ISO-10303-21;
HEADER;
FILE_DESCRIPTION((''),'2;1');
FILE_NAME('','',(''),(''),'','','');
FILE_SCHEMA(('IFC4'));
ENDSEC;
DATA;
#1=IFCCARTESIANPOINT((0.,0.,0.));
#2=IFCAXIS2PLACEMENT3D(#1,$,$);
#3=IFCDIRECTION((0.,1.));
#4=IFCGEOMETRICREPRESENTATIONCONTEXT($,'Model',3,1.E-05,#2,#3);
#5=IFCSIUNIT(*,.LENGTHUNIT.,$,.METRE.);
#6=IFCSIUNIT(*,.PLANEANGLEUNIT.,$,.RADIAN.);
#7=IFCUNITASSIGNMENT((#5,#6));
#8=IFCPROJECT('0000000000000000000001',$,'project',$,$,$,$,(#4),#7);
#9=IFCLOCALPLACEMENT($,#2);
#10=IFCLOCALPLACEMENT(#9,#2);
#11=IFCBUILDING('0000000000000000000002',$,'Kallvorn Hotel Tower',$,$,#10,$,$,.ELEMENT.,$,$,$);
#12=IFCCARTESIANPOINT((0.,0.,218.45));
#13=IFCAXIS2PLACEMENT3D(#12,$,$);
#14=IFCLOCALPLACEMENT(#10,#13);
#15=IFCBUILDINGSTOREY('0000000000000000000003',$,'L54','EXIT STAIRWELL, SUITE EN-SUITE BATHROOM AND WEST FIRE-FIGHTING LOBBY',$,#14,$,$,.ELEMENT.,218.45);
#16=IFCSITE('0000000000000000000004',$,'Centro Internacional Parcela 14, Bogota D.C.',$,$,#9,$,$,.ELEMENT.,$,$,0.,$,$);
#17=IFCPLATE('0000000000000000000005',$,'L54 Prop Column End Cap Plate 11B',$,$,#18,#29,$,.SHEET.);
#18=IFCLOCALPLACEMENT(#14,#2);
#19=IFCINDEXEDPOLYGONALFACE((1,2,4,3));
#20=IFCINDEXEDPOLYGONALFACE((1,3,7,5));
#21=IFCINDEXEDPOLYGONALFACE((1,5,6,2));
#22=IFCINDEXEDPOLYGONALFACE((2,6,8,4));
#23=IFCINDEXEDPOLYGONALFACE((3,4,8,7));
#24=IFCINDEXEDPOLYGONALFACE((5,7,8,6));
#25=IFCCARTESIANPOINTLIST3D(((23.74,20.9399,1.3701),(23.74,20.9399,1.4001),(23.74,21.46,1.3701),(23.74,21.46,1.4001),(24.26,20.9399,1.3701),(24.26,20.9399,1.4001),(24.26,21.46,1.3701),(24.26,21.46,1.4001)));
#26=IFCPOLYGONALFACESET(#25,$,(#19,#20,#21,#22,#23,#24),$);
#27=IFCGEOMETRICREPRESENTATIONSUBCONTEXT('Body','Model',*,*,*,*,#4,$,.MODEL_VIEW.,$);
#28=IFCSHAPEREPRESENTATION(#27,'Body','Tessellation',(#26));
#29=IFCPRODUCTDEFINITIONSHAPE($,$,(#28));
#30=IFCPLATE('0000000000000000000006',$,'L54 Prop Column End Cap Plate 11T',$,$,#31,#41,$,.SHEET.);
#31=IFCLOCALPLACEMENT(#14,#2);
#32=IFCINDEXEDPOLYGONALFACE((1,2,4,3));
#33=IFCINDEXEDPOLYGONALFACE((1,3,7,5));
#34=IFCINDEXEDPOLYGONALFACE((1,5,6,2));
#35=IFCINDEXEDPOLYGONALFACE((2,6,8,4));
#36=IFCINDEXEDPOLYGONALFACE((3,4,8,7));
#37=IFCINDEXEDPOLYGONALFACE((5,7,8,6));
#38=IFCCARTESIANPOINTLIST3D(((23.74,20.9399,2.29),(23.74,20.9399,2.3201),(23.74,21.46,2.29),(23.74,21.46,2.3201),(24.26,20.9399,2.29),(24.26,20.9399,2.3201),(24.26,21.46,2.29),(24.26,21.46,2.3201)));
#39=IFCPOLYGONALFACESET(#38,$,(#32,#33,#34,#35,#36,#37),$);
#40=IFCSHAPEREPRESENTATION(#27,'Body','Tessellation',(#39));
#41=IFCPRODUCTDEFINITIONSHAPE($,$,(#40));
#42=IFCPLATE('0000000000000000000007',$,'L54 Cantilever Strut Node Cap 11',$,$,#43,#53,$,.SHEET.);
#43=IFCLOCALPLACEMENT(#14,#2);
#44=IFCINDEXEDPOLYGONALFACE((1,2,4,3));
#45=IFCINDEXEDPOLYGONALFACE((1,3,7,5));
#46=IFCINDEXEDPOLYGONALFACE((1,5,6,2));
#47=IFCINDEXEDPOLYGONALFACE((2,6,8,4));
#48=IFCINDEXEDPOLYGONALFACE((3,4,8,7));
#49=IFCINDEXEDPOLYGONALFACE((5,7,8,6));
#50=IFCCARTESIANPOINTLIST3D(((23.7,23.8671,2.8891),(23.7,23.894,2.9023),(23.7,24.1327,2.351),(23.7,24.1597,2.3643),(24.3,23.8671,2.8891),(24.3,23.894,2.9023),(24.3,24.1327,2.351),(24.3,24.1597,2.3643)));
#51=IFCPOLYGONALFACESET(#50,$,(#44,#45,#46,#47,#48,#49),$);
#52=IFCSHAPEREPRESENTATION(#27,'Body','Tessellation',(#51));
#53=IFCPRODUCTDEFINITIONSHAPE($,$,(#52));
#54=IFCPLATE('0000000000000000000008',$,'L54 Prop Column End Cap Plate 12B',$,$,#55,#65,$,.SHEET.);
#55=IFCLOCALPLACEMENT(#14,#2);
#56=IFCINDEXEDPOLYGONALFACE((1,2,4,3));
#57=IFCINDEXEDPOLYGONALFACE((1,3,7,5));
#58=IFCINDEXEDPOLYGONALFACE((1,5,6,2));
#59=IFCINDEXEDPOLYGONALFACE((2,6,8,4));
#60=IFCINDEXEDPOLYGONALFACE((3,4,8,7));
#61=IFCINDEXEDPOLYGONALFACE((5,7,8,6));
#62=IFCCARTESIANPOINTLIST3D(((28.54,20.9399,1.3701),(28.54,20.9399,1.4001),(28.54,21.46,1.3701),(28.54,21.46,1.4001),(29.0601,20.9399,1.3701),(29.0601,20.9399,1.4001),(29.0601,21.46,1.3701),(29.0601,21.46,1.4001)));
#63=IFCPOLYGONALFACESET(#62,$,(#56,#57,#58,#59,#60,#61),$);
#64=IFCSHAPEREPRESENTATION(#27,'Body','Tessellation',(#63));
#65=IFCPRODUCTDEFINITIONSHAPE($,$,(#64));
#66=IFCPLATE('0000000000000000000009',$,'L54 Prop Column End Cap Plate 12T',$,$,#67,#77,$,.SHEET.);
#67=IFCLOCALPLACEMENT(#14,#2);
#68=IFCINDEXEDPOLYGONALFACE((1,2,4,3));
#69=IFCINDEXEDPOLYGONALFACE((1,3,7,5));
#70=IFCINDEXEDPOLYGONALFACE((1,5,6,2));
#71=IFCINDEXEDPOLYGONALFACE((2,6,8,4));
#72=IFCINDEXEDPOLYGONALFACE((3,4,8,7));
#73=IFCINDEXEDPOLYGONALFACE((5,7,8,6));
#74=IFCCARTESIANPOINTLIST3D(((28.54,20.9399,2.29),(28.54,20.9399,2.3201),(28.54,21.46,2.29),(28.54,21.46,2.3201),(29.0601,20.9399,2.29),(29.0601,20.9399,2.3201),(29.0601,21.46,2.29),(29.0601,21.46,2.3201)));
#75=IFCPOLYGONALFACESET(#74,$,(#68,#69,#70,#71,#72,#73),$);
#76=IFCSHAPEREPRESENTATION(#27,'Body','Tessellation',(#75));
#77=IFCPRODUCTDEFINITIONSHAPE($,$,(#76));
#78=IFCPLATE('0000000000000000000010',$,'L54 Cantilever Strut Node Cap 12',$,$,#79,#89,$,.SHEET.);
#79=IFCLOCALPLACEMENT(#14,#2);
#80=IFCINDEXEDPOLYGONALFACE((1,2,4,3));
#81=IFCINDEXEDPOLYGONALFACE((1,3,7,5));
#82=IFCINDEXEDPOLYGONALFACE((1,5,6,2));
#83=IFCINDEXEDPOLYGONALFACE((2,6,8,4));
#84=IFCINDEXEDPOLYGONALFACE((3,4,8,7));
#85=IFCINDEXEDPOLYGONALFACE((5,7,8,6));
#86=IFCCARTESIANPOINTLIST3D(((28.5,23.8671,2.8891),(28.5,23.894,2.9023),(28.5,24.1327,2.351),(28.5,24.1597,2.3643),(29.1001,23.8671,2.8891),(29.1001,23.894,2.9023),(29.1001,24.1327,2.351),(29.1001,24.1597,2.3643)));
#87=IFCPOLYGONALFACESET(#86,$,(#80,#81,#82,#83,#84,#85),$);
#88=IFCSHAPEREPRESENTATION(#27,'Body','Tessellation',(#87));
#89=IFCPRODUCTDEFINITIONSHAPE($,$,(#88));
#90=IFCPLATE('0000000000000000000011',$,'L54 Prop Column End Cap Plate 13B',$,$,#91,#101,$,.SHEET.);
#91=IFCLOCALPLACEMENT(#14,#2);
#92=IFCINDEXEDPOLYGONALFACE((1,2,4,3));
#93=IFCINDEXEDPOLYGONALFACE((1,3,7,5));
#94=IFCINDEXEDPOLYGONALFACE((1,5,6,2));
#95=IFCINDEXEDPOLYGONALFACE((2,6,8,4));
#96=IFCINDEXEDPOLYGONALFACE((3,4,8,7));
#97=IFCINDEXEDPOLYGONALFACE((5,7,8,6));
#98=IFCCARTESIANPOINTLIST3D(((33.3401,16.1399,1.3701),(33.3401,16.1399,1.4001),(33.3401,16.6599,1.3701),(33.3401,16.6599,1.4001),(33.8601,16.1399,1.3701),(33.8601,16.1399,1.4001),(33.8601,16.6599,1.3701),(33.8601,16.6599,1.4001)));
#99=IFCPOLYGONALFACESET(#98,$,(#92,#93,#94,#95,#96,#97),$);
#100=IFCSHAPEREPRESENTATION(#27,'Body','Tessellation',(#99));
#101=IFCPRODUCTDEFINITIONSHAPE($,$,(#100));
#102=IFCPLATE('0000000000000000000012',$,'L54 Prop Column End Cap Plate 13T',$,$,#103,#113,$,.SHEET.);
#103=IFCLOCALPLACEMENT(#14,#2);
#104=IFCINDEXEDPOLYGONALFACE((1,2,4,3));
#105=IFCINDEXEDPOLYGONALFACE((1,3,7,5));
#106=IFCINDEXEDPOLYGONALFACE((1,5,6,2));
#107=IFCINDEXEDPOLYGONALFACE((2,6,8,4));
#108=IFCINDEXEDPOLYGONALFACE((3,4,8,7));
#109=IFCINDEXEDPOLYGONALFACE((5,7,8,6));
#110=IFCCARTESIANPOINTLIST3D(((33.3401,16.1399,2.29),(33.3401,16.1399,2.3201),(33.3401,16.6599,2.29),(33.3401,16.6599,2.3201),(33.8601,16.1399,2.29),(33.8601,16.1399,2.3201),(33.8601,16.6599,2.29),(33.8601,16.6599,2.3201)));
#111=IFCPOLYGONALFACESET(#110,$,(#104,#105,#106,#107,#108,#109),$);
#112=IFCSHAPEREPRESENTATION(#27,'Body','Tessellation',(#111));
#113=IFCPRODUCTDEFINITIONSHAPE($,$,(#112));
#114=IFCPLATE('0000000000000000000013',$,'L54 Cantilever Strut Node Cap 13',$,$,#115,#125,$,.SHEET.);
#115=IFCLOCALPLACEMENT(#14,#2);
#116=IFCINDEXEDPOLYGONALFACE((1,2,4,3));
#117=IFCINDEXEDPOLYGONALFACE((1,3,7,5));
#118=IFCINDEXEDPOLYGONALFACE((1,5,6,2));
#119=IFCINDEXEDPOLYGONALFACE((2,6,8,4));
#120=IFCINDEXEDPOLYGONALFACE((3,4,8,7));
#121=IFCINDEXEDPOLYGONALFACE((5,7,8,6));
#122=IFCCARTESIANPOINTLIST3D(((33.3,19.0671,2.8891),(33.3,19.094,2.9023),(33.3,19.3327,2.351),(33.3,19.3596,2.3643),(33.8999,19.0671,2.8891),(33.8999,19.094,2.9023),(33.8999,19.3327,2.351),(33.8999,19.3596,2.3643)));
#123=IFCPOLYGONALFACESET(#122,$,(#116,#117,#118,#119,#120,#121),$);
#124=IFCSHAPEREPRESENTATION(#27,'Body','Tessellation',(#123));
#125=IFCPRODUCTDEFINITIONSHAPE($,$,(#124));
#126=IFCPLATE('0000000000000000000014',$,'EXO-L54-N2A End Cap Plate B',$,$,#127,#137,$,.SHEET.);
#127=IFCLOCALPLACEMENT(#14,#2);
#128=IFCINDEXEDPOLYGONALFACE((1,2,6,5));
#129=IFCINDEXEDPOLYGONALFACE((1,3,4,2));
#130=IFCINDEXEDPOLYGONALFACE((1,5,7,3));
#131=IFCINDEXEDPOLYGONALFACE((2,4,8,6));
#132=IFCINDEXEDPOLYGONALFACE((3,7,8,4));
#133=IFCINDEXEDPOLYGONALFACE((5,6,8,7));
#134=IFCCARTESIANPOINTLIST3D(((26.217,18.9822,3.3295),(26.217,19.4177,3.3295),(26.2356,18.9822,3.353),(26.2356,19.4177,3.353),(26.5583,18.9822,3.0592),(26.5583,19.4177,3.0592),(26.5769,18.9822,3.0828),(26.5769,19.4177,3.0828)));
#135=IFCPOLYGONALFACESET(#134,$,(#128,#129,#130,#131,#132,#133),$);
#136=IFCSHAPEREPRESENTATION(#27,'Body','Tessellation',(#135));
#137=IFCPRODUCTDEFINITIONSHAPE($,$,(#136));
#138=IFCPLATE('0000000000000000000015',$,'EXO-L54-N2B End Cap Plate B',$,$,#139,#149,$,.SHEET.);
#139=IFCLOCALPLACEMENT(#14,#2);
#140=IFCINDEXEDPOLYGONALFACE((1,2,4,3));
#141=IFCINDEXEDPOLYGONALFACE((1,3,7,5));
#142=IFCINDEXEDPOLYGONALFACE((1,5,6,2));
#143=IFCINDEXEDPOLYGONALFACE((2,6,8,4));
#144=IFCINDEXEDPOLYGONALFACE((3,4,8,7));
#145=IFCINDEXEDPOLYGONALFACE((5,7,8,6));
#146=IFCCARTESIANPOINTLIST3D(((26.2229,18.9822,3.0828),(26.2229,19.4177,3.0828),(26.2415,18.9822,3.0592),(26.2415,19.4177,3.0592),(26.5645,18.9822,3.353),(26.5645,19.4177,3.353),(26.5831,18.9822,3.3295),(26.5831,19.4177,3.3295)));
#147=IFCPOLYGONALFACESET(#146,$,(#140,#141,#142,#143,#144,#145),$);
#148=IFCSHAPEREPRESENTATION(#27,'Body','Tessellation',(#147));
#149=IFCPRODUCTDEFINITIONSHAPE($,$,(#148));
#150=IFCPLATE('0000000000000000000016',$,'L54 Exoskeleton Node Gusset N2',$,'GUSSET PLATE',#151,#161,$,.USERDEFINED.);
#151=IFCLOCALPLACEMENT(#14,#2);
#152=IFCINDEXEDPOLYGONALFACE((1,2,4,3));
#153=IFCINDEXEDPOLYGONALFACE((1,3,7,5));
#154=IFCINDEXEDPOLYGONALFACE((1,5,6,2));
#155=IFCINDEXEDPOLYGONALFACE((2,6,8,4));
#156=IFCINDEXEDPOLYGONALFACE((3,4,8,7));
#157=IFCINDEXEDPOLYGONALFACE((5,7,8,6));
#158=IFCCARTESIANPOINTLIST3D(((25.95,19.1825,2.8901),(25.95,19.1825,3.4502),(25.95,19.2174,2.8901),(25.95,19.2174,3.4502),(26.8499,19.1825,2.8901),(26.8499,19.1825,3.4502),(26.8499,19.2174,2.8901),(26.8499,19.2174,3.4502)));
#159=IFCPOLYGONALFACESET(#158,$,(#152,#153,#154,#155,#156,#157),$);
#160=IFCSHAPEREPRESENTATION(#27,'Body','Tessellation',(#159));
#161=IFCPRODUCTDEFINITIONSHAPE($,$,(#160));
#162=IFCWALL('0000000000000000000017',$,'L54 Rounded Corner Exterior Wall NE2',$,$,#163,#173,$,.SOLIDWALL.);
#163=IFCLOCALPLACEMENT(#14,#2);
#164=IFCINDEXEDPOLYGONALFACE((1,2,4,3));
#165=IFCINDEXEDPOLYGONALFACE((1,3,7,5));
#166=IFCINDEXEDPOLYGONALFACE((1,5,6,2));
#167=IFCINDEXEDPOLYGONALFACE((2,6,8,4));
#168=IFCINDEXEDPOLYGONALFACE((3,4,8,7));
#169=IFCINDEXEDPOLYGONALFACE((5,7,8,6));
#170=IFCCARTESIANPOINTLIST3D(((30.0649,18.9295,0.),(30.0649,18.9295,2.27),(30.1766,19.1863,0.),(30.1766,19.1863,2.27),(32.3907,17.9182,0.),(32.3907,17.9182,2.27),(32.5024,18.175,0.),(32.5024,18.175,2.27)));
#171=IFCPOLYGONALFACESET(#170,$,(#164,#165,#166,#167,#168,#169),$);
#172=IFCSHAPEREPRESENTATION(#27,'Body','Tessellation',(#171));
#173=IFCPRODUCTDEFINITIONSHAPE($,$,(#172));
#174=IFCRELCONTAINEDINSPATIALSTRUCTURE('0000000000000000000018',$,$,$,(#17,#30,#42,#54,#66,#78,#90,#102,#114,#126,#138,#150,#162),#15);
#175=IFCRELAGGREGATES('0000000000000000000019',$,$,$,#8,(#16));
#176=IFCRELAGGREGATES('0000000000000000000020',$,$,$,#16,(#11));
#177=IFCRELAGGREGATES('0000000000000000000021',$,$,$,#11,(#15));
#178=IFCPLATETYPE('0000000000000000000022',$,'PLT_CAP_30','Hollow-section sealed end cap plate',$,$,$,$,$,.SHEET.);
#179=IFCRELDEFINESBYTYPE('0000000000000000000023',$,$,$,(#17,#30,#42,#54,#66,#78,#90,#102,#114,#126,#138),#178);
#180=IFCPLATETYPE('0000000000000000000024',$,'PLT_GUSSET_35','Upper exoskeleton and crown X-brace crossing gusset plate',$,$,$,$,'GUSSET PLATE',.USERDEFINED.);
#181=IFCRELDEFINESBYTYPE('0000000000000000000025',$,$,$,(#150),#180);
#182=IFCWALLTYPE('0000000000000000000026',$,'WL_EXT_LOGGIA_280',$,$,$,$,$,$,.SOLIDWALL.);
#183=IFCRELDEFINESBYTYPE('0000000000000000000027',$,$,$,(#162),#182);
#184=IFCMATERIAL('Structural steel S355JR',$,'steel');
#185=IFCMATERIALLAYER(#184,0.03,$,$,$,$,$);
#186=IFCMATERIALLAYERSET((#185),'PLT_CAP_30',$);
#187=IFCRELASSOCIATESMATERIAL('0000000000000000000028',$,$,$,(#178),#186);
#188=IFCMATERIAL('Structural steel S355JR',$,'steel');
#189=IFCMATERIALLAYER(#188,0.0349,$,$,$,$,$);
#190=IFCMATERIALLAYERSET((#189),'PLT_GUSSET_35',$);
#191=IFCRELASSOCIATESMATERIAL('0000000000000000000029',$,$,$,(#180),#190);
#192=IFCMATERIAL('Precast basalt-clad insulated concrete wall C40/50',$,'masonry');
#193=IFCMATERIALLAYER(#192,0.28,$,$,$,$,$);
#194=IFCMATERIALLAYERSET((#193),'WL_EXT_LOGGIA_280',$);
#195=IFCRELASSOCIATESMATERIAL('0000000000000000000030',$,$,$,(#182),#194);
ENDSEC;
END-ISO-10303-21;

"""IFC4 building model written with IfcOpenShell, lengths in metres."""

from ifc_helpers import new_model, si_unit, direction, frame, frame_2d, origin, origin_2d, place, context, subcontext, project, spatial, polyline, rectangle, outline, extrude, material, layer, layer_set, type_object, element, save


model = new_model("IFC4")

# Units and contexts
model_context = context("Model", 3, precision=1e-05, world=origin(), true_north=direction((0.0, 1.0)))
body_context = subcontext(model_context, "Body", "Model", "MODEL_VIEW")
ifc_project = project(units=[si_unit("LENGTHUNIT", "METRE"), si_unit("PLANEANGLEUNIT", "RADIAN")], contexts=[model_context])

# Site, building, storey
site_placement = place(None, origin())
site = spatial("IfcSite", under=ifc_project, at=site_placement, Name="Centro Internacional Parcela 14, Bogota D.C.", CompositionType="ELEMENT", RefElevation=0.0)
building_placement = place(site_placement, origin())
building = spatial("IfcBuilding", under=site, at=building_placement, Name="Kallvorn Hotel Tower", CompositionType="ELEMENT")
storey_placement = place(building_placement, frame((0.0, 0.0, 218.45)))
storey = spatial("IfcBuildingStorey", under=building, at=storey_placement, Name="L54", Description="EXIT STAIRWELL, SUITE EN-SUITE BATHROOM AND WEST FIRE-FIGHTING LOBBY", CompositionType="ELEMENT", Elevation=218.45)

# Plates
ifc_material_1 = material(Name="Structural steel S355JR", Category="steel")
ifc_layer_1 = layer(ifc_material_1, 0.03)
ifc_layer_set_1 = layer_set([ifc_layer_1], Name="PLT_CAP_30")
plate_type_1 = type_object("IfcPlateType", Name="PLT_CAP_30", Description="Hollow-section sealed end cap plate", PredefinedType="SHEET", material=ifc_layer_set_1)
for number, where, z_axis, x_axis, name in (
    (1, (24.0, 21.2, 1.3701), (0.0, 0.0, 1.0), (1.0, 0.0, 0.0), "L54 Prop Column End Cap Plate 11B"),
    (2, (24.0, 21.2, 2.29), (0.0, 0.0, 1.0), (1.0, 0.0, 0.0), "L54 Prop Column End Cap Plate 11T"),
):
    element("IfcPlate", number, at=place(storey_placement, frame(where, z_axis=z_axis, x_axis=x_axis)), inside=storey, type_object=plate_type_1, Name=name, PredefinedType="SHEET", context=body_context, shape_type="SweptSolid", body=[
        extrude(rectangle(XDim=0.52, YDim=0.52, at=origin_2d()), origin(), (0.0, 0.0, 1.0), 0.03),
    ])
plate_1_placement = place(storey_placement, frame((24.3, 24.1597, 2.3643), z_axis=(0.0, 0.896694, 0.442651), x_axis=(-1.0, 0.0, 0.0)))
element("IfcPlate", 3, at=plate_1_placement, inside=storey, type_object=plate_type_1, Name="L54 Cantilever Strut Node Cap 11", PredefinedType="SHEET", context=body_context, shape_type="SweptSolid", body=[
    extrude(outline(polyline([(0.0, 0.0), (0.6001, 0.0), (0.6001, 0.6001), (0.0, 0.6001), (0.0, 0.0)])), origin(), (0.0, 0.0, -1.0), 0.03),
])
for number, where, z_axis, x_axis, name in (
    (4, (28.8, 21.2, 1.3701), (0.0, 0.0, 1.0), (1.0, 0.0, 0.0), "L54 Prop Column End Cap Plate 12B"),
    (5, (28.8, 21.2, 2.29), (0.0, 0.0, 1.0), (1.0, 0.0, 0.0), "L54 Prop Column End Cap Plate 12T"),
):
    element("IfcPlate", number, at=place(storey_placement, frame(where, z_axis=z_axis, x_axis=x_axis)), inside=storey, type_object=plate_type_1, Name=name, PredefinedType="SHEET", context=body_context, shape_type="SweptSolid", body=[
        extrude(rectangle(XDim=0.52, YDim=0.52, at=origin_2d()), origin(), (0.0, 0.0, 1.0), 0.03),
    ])
plate_2_placement = place(storey_placement, frame((29.1001, 24.1597, 2.3643), z_axis=(0.0, 0.896694, 0.442651), x_axis=(-1.0, 0.0, 0.0)))
element("IfcPlate", 6, at=plate_2_placement, inside=storey, type_object=plate_type_1, Name="L54 Cantilever Strut Node Cap 12", PredefinedType="SHEET", context=body_context, shape_type="SweptSolid", body=[
    extrude(outline(polyline([(0.0, 0.0), (0.6001, 0.0), (0.6001, 0.6001), (0.0, 0.6001), (0.0, 0.0)])), origin(), (0.0, 0.0, -1.0), 0.03),
])
for number, where, z_axis, x_axis, name in (
    (7, (33.6001, 16.3999, 1.3701), (0.0, 0.0, 1.0), (1.0, 0.0, 0.0), "L54 Prop Column End Cap Plate 13B"),
    (8, (33.6001, 16.3999, 2.29), (0.0, 0.0, 1.0), (1.0, 0.0, 0.0), "L54 Prop Column End Cap Plate 13T"),
):
    element("IfcPlate", number, at=place(storey_placement, frame(where, z_axis=z_axis, x_axis=x_axis)), inside=storey, type_object=plate_type_1, Name=name, PredefinedType="SHEET", context=body_context, shape_type="SweptSolid", body=[
        extrude(rectangle(XDim=0.52, YDim=0.52, at=origin_2d()), origin(), (0.0, 0.0, 1.0), 0.03),
    ])
plate_3_placement = place(storey_placement, frame((33.8999, 19.3596, 2.3643), z_axis=(0.0, 0.896694, 0.442651), x_axis=(-1.0, 0.0, 0.0)))
element("IfcPlate", 9, at=plate_3_placement, inside=storey, type_object=plate_type_1, Name="L54 Cantilever Strut Node Cap 13", PredefinedType="SHEET", context=body_context, shape_type="SweptSolid", body=[
    extrude(outline(polyline([(0.0, 0.0), (0.5999, 0.0), (0.5999, 0.6001), (0.0, 0.6001), (0.0, 0.0)])), origin(), (0.0, 0.0, -1.0), 0.03),
])
plate_4_placement = place(storey_placement, frame((26.5769, 18.9822, 3.0828), z_axis=(0.620789, 0.0, 0.783978), x_axis=(0.0, 1.0, 0.0)))
element("IfcPlate", 10, at=plate_4_placement, inside=storey, type_object=plate_type_1, Name="EXO-L54-N2A End Cap Plate B", PredefinedType="SHEET", context=body_context, shape_type="SweptSolid", body=[
    extrude(outline(polyline([(0.0, 0.0), (0.4355, 0.0), (0.4355, 0.4354), (0.0, 0.4354), (0.0, 0.0)])), origin(), (0.0, 0.0, -1.0), 0.03),
])
plate_5_placement = place(storey_placement, frame((26.2229, 19.4177, 3.0828), z_axis=(-0.620516, 0.0, 0.784194), x_axis=(0.0, -1.0, 0.0)))
element("IfcPlate", 11, at=plate_5_placement, inside=storey, type_object=plate_type_1, Name="EXO-L54-N2B End Cap Plate B", PredefinedType="SHEET", context=body_context, shape_type="SweptSolid", body=[
    extrude(outline(polyline([(0.0, 0.0), (0.4355, 0.0), (0.4355, 0.4355), (0.0, 0.4355), (0.0, 0.0)])), origin(), (0.0, 0.0, -1.0), 0.03),
])
ifc_material_2 = material(Name="Structural steel S355JR", Category="steel")
ifc_layer_2 = layer(ifc_material_2, 0.0349)
ifc_layer_set_2 = layer_set([ifc_layer_2], Name="PLT_GUSSET_35")
plate_type_2 = type_object("IfcPlateType", Name="PLT_GUSSET_35", Description="Upper exoskeleton and crown X-brace crossing gusset plate", ElementType="GUSSET PLATE", PredefinedType="USERDEFINED", material=ifc_layer_set_2)
plate_6_placement = place(storey_placement, frame((26.3999, 19.2, 2.8901), z_axis=(0.0, 0.0, 1.0), x_axis=(1.0, 0.0, 0.0)))
element("IfcPlate", 12, at=plate_6_placement, inside=storey, type_object=plate_type_2, Name="L54 Exoskeleton Node Gusset N2", ObjectType="GUSSET PLATE", PredefinedType="USERDEFINED", context=body_context, shape_type="SweptSolid", body=[
    extrude(rectangle(XDim=0.8999, YDim=0.0349, at=origin_2d()), origin(), (0.0, 0.0, 1.0), 0.5601),
])

# Wall
ifc_material_3 = material(Name="Precast basalt-clad insulated concrete wall C40/50", Category="masonry")
ifc_layer_3 = layer(ifc_material_3, 0.28)
ifc_layer_set_3 = layer_set([ifc_layer_3], Name="WL_EXT_LOGGIA_280")
wall_type = type_object("IfcWallType", Name="WL_EXT_LOGGIA_280", PredefinedType="SOLIDWALL", material=ifc_layer_set_3)
wall_placement = place(storey_placement, frame((32.4465, 18.0466, 0.0), z_axis=(0.0, 0.0, 1.0), x_axis=(-0.917061, 0.398747, 0.0)))
element("IfcWall", 13, at=wall_placement, inside=storey, type_object=wall_type, Name="L54 Rounded Corner Exterior Wall NE2", PredefinedType="SOLIDWALL", context=body_context, shape_type="SweptSolid", body=[
    extrude(rectangle(XDim=2.5361, YDim=0.28, at=frame_2d((1.2681, 0.0))), origin(), (0.0, 0.0, 1.0), 2.27),
])

save(model, "model.ifc")
